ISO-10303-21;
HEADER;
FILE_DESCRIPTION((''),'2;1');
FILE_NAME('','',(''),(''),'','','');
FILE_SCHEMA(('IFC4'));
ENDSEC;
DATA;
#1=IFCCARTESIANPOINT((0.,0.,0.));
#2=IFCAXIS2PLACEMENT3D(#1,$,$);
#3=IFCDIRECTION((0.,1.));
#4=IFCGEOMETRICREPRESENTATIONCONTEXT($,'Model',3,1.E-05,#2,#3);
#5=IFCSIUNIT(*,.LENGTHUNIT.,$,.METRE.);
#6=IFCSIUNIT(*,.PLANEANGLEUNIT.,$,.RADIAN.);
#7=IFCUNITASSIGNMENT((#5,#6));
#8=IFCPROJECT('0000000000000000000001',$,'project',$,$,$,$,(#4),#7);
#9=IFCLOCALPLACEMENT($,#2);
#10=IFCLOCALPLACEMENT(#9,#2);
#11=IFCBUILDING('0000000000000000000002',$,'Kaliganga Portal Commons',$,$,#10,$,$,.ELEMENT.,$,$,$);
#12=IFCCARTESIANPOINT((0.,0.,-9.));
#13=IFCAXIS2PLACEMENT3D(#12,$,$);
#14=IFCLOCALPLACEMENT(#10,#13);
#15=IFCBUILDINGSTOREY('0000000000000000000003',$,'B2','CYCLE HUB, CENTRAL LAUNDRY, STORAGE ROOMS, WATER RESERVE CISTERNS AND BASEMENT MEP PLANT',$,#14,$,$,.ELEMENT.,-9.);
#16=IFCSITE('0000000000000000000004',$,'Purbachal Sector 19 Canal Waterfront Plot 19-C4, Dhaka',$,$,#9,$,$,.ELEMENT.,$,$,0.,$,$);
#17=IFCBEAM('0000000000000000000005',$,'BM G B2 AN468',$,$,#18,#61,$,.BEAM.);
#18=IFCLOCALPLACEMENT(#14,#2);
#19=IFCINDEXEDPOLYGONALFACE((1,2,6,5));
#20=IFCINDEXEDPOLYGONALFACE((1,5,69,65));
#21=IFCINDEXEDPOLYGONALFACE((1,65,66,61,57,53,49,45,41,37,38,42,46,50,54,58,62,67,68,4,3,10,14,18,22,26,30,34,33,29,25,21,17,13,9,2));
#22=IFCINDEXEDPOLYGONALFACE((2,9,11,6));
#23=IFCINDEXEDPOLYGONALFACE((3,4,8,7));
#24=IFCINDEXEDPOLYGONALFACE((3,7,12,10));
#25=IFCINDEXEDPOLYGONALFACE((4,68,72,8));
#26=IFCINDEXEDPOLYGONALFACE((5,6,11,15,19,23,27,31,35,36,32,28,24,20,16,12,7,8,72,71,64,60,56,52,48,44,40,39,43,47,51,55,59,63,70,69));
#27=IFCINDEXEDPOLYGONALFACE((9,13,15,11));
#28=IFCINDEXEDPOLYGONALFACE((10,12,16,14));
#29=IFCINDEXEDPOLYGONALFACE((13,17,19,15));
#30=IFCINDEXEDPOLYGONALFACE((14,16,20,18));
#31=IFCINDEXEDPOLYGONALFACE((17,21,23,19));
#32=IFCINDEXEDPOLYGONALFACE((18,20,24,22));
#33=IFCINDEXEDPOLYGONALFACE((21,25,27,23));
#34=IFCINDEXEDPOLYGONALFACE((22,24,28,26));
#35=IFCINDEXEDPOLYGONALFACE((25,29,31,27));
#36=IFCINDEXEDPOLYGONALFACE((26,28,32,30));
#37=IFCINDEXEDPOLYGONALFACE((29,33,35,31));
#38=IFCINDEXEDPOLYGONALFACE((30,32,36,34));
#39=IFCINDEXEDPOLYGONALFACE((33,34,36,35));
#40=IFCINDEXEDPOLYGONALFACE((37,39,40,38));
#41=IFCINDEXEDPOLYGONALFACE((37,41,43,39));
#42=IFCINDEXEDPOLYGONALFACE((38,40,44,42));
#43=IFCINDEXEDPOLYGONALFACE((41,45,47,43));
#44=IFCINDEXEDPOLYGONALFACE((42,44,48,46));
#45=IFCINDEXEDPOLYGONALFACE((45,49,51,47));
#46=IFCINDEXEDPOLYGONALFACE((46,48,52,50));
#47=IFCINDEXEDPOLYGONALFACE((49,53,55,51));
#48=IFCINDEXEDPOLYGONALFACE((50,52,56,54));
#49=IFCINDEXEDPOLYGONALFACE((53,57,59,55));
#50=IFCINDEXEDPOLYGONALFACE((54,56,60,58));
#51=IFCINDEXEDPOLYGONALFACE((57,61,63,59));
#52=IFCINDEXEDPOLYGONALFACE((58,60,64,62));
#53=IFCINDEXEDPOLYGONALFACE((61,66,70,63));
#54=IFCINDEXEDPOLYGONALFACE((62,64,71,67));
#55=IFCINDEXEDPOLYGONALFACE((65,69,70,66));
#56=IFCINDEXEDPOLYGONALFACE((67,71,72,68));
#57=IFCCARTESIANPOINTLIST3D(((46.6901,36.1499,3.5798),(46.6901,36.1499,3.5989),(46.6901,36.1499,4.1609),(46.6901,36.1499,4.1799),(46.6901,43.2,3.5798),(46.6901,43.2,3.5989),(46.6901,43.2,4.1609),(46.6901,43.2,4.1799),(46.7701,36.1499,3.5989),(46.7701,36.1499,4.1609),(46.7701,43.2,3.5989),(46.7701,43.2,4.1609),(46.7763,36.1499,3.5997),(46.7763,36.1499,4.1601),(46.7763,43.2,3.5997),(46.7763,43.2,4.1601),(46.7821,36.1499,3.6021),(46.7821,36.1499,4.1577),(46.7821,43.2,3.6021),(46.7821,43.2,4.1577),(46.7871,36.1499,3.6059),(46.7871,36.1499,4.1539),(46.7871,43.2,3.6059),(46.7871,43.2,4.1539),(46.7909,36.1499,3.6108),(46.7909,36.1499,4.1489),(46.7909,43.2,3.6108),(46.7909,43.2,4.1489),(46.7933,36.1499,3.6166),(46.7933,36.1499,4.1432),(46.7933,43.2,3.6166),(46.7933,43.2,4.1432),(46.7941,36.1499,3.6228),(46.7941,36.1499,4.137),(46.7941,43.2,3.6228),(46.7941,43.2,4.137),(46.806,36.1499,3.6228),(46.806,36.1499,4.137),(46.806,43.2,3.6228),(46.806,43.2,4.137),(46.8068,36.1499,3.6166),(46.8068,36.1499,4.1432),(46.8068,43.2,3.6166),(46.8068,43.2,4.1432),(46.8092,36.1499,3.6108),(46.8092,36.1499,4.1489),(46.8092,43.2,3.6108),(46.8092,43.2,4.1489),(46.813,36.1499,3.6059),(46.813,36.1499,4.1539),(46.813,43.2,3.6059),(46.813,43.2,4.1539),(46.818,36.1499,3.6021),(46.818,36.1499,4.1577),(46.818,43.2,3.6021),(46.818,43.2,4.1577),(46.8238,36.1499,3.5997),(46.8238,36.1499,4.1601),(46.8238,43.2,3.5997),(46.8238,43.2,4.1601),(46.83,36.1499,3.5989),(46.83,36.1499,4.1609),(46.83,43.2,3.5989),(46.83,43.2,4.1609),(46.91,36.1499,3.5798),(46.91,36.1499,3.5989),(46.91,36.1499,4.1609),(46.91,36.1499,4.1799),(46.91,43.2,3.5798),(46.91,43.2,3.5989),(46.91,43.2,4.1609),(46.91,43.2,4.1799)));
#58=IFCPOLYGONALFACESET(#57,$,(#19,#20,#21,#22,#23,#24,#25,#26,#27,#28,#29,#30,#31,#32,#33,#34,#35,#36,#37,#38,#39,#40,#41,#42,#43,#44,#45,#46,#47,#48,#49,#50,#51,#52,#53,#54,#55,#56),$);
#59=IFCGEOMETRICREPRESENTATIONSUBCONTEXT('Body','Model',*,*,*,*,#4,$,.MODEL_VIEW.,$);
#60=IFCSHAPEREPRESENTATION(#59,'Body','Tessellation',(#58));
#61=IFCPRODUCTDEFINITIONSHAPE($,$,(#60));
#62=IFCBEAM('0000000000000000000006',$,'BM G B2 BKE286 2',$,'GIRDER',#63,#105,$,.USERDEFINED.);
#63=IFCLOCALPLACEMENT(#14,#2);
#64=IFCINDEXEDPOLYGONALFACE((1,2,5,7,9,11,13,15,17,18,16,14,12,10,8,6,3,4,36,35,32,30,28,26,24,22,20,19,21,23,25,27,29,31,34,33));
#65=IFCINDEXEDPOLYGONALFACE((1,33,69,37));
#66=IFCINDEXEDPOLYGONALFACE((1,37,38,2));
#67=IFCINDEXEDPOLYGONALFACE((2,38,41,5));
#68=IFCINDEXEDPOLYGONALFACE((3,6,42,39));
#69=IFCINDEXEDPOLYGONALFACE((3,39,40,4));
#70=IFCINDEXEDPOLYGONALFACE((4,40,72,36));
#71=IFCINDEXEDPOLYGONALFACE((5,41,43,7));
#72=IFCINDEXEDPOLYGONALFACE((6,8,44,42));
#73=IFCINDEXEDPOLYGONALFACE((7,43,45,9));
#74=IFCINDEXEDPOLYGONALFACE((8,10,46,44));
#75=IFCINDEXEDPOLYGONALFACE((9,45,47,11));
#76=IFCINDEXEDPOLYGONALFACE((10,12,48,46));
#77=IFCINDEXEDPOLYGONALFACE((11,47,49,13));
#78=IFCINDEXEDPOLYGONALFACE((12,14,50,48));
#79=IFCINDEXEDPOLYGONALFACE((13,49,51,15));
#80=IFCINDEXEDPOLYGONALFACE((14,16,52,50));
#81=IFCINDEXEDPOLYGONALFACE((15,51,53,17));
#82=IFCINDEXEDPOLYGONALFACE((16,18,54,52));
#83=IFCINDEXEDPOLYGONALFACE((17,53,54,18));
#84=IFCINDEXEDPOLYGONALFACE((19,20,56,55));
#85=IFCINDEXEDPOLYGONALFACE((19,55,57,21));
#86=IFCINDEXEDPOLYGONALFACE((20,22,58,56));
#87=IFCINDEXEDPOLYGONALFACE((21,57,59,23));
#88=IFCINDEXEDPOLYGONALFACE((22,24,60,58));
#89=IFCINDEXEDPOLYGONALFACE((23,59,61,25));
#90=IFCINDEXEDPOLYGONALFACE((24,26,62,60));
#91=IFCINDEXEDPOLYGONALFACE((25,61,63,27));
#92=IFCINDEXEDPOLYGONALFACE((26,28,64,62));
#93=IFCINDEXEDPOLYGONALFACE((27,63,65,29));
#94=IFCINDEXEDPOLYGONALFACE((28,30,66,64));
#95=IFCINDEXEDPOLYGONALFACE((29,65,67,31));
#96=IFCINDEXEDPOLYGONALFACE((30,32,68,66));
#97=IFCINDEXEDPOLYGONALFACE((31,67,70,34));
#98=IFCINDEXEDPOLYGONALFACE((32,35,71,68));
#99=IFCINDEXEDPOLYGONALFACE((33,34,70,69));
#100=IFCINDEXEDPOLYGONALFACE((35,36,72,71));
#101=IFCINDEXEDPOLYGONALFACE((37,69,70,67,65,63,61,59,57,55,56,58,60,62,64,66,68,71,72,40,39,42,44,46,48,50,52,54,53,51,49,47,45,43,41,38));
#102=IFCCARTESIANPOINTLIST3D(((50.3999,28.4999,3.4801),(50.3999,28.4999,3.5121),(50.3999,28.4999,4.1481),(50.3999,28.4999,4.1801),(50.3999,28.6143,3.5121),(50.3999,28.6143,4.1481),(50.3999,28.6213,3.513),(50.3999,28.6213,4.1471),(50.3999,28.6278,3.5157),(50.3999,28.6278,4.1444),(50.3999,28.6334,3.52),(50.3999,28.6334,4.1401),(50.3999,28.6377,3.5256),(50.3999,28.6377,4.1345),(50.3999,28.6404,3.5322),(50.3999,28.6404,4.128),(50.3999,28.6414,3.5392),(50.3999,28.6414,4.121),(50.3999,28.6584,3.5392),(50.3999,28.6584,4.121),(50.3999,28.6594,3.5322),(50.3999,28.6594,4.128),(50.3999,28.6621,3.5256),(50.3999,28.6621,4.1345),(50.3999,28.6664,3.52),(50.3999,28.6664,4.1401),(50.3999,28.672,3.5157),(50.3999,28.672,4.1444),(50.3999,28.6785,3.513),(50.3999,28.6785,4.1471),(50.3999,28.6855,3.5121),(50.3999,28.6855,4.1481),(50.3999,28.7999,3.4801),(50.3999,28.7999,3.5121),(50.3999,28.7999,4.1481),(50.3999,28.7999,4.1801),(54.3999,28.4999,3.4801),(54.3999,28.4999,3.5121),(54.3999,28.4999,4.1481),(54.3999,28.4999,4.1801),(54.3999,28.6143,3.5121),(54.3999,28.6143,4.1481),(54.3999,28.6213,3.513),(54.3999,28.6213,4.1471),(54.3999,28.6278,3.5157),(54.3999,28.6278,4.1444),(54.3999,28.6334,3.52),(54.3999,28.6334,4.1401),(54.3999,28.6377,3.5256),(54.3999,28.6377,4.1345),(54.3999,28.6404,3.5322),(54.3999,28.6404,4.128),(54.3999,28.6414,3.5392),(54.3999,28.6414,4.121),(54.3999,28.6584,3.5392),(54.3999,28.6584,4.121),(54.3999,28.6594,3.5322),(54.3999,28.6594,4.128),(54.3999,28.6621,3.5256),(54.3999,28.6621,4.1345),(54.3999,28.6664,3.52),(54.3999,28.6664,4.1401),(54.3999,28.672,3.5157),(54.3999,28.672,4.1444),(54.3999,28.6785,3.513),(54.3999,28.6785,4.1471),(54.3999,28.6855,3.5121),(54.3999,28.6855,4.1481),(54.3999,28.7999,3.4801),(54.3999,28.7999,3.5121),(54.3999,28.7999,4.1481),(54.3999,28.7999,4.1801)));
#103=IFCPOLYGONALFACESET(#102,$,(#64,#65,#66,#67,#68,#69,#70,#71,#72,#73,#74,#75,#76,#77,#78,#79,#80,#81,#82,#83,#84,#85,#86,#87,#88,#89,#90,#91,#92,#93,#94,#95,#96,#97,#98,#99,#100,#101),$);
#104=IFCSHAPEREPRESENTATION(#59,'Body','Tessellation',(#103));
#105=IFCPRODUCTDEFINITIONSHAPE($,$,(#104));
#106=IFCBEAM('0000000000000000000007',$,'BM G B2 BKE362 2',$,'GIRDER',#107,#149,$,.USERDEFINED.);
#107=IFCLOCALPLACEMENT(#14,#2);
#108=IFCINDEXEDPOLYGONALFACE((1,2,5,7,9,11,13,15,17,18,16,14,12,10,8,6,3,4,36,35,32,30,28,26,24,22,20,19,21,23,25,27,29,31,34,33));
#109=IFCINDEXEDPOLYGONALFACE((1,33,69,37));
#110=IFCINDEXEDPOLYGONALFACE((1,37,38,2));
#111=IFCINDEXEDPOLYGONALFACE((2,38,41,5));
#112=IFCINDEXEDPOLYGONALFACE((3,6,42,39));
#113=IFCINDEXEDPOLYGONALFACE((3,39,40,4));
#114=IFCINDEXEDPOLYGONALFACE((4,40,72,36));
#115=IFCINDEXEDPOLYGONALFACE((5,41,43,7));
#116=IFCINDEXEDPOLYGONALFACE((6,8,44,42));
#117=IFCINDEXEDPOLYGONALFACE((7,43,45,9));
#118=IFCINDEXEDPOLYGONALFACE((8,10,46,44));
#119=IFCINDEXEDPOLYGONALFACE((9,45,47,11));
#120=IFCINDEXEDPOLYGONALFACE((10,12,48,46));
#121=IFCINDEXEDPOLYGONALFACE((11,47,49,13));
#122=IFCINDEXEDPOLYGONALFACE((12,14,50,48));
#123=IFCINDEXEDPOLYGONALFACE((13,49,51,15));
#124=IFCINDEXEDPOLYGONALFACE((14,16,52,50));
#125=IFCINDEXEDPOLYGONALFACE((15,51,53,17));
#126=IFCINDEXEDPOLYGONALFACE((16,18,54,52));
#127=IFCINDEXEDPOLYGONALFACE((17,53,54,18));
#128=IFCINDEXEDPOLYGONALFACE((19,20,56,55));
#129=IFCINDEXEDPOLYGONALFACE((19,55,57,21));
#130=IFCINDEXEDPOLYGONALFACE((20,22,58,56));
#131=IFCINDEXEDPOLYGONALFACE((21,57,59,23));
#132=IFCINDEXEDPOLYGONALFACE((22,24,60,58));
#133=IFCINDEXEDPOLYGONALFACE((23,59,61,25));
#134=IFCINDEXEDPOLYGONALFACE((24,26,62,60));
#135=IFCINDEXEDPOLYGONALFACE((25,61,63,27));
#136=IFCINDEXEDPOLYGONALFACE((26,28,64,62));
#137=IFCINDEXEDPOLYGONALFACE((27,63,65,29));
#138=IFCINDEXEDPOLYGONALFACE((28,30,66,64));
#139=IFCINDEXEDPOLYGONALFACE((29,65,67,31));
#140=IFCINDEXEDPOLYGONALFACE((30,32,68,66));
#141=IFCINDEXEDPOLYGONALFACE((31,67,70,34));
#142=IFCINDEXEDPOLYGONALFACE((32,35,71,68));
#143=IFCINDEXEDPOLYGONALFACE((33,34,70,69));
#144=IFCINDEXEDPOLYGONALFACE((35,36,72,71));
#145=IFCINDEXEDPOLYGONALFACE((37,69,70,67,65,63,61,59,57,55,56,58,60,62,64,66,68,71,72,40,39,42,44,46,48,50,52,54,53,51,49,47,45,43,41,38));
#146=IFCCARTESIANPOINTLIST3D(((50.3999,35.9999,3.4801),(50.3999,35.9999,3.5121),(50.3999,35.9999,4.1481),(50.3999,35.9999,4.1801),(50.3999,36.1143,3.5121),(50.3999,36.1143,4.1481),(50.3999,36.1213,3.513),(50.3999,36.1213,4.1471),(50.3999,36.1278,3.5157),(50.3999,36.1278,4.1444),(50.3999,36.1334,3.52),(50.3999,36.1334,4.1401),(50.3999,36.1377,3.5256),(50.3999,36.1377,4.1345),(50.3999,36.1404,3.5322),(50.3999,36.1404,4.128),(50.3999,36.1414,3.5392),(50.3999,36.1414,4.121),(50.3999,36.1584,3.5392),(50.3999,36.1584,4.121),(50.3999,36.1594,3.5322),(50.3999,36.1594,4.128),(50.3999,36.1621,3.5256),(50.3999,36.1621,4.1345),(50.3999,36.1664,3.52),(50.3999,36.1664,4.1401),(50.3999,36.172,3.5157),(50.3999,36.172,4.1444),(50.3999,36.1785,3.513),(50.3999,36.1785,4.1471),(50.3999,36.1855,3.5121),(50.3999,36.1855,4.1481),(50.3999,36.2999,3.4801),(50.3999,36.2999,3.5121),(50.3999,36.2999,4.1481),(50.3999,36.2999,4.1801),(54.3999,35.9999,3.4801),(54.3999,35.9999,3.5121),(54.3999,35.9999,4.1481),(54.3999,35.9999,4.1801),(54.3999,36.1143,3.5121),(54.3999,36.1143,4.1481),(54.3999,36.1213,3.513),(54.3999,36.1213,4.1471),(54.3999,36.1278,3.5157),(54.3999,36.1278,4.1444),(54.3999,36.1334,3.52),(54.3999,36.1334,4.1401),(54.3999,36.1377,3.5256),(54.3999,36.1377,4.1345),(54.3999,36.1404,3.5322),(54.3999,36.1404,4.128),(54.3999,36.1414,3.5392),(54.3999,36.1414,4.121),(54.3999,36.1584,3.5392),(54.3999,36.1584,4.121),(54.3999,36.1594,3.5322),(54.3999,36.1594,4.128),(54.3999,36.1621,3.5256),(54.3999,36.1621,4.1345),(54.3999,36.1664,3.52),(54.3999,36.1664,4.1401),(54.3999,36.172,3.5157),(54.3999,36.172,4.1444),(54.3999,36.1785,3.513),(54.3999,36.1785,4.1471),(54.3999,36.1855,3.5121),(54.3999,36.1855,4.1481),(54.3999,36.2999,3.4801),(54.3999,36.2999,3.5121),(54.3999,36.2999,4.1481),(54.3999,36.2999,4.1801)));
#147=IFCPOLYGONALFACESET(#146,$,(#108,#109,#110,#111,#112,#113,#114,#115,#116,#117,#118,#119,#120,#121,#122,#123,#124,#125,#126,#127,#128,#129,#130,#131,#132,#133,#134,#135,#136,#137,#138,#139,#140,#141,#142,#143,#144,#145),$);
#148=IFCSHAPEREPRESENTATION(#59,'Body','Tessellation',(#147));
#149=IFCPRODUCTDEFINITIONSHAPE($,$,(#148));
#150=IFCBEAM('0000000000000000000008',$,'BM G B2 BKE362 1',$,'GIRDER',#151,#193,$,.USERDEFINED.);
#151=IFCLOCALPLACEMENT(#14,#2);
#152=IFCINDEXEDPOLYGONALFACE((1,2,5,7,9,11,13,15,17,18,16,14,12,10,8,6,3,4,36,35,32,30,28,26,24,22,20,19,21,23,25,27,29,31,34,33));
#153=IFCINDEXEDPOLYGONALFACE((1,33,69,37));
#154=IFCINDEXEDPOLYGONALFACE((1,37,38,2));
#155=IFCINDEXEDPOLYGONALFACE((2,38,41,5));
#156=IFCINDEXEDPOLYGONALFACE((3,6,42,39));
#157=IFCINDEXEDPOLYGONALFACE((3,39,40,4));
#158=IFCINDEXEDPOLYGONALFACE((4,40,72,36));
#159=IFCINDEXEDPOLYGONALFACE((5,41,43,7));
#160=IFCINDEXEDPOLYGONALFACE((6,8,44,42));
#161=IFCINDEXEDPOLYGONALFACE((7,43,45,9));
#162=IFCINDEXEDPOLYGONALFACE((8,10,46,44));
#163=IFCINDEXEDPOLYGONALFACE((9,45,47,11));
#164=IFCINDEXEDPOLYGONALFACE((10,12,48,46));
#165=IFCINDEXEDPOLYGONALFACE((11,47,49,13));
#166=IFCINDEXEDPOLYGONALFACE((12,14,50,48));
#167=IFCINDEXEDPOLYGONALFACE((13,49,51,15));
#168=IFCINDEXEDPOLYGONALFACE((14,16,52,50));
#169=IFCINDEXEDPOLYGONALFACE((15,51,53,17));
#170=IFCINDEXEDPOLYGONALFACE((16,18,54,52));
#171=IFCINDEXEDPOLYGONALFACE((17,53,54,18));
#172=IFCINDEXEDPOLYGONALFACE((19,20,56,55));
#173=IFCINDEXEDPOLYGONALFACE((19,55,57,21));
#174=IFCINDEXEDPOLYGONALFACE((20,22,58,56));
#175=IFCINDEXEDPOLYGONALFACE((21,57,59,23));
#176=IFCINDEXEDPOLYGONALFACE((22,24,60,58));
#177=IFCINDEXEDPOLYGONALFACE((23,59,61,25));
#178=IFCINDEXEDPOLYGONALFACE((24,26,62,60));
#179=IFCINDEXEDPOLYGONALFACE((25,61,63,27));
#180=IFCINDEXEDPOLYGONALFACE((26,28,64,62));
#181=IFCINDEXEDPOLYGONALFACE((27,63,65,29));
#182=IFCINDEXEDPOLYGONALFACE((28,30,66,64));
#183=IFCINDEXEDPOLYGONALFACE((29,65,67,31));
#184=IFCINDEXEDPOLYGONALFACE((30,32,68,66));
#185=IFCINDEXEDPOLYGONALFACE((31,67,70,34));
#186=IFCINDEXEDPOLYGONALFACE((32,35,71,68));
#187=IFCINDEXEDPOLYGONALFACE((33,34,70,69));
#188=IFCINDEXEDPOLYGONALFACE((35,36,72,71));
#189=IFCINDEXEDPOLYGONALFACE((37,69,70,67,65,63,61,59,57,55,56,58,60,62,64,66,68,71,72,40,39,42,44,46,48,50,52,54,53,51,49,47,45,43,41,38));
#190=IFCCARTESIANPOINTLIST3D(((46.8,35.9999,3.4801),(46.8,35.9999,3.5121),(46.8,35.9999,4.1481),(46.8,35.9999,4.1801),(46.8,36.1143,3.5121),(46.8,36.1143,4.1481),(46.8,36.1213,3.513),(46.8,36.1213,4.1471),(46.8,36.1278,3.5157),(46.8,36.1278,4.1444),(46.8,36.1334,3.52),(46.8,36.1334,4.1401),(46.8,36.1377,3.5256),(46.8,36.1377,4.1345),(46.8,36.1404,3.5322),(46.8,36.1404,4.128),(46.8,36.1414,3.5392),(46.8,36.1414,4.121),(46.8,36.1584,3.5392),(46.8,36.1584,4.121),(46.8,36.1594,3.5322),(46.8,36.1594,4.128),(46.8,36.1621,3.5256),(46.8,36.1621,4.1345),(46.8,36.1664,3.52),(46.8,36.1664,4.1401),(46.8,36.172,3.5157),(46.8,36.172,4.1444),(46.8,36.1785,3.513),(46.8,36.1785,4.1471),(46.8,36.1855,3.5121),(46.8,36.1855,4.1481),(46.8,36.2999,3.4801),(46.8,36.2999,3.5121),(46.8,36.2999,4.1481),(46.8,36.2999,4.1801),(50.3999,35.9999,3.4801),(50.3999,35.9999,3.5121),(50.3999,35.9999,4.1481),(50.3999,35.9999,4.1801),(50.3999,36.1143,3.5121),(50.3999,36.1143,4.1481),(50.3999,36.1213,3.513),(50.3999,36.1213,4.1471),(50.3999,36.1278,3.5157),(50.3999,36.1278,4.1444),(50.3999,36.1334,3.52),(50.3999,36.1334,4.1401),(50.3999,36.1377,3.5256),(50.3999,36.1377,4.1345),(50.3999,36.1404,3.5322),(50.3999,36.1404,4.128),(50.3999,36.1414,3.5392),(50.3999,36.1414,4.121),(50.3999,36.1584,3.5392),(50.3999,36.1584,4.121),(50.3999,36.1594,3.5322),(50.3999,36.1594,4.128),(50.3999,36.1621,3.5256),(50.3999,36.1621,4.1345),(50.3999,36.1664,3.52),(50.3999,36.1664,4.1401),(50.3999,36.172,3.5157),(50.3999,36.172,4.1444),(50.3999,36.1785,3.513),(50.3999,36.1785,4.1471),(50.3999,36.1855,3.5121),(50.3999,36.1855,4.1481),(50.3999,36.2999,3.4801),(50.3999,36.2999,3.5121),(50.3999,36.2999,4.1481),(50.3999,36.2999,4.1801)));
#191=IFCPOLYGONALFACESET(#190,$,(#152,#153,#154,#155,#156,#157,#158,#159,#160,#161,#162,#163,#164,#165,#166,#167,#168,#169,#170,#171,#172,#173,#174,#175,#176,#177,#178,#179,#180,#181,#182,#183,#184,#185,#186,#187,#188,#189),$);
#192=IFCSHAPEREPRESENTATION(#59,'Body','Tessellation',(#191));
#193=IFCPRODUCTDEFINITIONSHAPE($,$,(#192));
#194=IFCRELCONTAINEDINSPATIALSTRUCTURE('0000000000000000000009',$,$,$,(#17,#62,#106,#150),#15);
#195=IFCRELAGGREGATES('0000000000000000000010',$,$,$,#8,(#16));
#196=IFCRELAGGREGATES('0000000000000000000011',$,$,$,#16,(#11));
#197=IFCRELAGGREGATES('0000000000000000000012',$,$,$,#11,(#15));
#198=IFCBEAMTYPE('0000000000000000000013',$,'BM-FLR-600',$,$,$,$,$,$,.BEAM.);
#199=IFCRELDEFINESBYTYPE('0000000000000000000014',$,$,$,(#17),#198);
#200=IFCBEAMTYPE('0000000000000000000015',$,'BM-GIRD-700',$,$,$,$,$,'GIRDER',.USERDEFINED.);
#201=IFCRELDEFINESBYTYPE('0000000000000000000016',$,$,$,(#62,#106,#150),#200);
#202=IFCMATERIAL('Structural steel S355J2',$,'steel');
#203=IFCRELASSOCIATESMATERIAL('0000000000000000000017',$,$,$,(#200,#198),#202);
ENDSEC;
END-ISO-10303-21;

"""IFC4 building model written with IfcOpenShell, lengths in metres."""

from ifc_helpers import new_model, si_unit, direction, frame, origin, origin_2d, place, context, subcontext, project, spatial, i_section, extrude, source, transform, mapped, material, material_profile, profile_set, type_object, element, save


model = new_model("IFC4")

# Units and contexts
model_context = context("Model", 3, precision=1e-05, world=origin(), true_north=direction((0.0, 1.0)))
body_context = subcontext(model_context, "Body", "Model", "MODEL_VIEW")
ifc_project = project(units=[si_unit("LENGTHUNIT", "METRE"), si_unit("PLANEANGLEUNIT", "RADIAN")], contexts=[model_context])

# Site, building, storey
site_placement = place(None, origin())
site = spatial("IfcSite", under=ifc_project, at=site_placement, Name="Purbachal Sector 19 Canal Waterfront Plot 19-C4, Dhaka", CompositionType="ELEMENT", RefElevation=0.0)
building_placement = place(site_placement, origin())
building = spatial("IfcBuilding", under=site, at=building_placement, Name="Kaliganga Portal Commons", CompositionType="ELEMENT")
storey_placement = place(building_placement, frame((0.0, 0.0, -9.0)))
storey = spatial("IfcBuildingStorey", under=building, at=storey_placement, Name="B2", Description="CYCLE HUB, CENTRAL LAUNDRY, STORAGE ROOMS, WATER RESERVE CISTERNS AND BASEMENT MEP PLANT", CompositionType="ELEMENT", Elevation=-9.0)

# Beams
ifc_material_1 = material(Name="Structural steel S355J2", Category="steel")
ifc_material_profile_1 = material_profile(ifc_material_1, i_section(OverallWidth=0.3, OverallDepth=0.7, WebThickness=0.0171, FlangeThickness=0.032, FilletRadius=0.0271, at=origin_2d()), Name="HE 700 B")
ifc_profile_set_1 = profile_set([ifc_material_profile_1], Name="Structural steel S355J2 wide-flange")
beam_type_1 = type_object("IfcBeamType", Name="BM-GIRD-700", ElementType="GIRDER", PredefinedType="USERDEFINED", material=ifc_profile_set_1)
ifc_material_profile_2 = material_profile(ifc_material_1, i_section(OverallWidth=0.22, OverallDepth=0.6001, WebThickness=0.012, FlangeThickness=0.019, FilletRadius=0.0239, at=origin_2d()), Name="IPE 600")
ifc_profile_set_2 = profile_set([ifc_material_profile_2], Name="Structural steel S355J2 wide-flange")
beam_type_2 = type_object("IfcBeamType", Name="BM-FLR-600", PredefinedType="BEAM", material=ifc_profile_set_2)
shared_shape_1 = source(origin(), body_context, "Body", "SweptSolid", [
    extrude(i_section(OverallWidth=0.22, OverallDepth=0.6001, WebThickness=0.012, FlangeThickness=0.019, FilletRadius=0.0239, at=origin_2d()), origin(), (0.0, 0.0, 1.0), 7.05),
])
for number, where, z_axis, x_axis, name in (
    (1, (46.8, 36.1499, 3.8799), (0.0, 1.0, 0.0), (-1.0, 0.0, 0.0), "BM G B2 AN468"),
):
    element("IfcBeam", number, at=place(storey_placement, frame(where, z_axis=z_axis, x_axis=x_axis)), inside=storey, type_object=beam_type_2, Name=name, PredefinedType="BEAM", context=body_context, shape_type="MappedRepresentation", body=[
        mapped(shared_shape_1, transform((0.0, 0.0, 0.0), x_axis=(1.0, 0.0, 0.0), y_axis=(0.0, 1.0, 0.0), z_axis=(0.0, 0.0, 1.0), scale=1.0)),
    ])
shared_shape_2 = source(origin(), body_context, "Body", "SweptSolid", [
    extrude(i_section(OverallWidth=0.3, OverallDepth=0.7, WebThickness=0.0171, FlangeThickness=0.032, FilletRadius=0.0271, at=origin_2d()), origin(), (0.0, 0.0, 1.0), 4.0),
])
for number, where, z_axis, x_axis, name in (
    (2, (50.3999, 28.6499, 3.8301), (1.0, 0.0, 0.0), (0.0, 1.0, 0.0), "BM G B2 BKE286 2"),
    (3, (50.3999, 36.1499, 3.8301), (1.0, 0.0, 0.0), (0.0, 1.0, 0.0), "BM G B2 BKE362 2"),
):
    element("IfcBeam", number, at=place(storey_placement, frame(where, z_axis=z_axis, x_axis=x_axis)), inside=storey, type_object=beam_type_1, Name=name, ObjectType="GIRDER", PredefinedType="USERDEFINED", context=body_context, shape_type="MappedRepresentation", body=[
        mapped(shared_shape_2, transform((0.0, 0.0, 0.0), x_axis=(1.0, 0.0, 0.0), y_axis=(0.0, 1.0, 0.0), z_axis=(0.0, 0.0, 1.0), scale=1.0)),
    ])
shared_shape_3 = source(origin(), body_context, "Body", "SweptSolid", [
    extrude(i_section(OverallWidth=0.3, OverallDepth=0.7, WebThickness=0.0171, FlangeThickness=0.032, FilletRadius=0.0271, at=origin_2d()), origin(), (0.0, 0.0, 1.0), 3.5999),
])
beam_1_placement = place(storey_placement, frame((46.8, 36.1499, 3.8301), z_axis=(1.0, 0.0, 0.0), x_axis=(0.0, 1.0, 0.0)))
element("IfcBeam", 4, at=beam_1_placement, inside=storey, type_object=beam_type_1, Name="BM G B2 BKE362 1", ObjectType="GIRDER", PredefinedType="USERDEFINED", context=body_context, shape_type="MappedRepresentation", body=[
    mapped(shared_shape_3, transform((0.0, 0.0, 0.0), x_axis=(1.0, 0.0, 0.0), y_axis=(0.0, 1.0, 0.0), z_axis=(0.0, 0.0, 1.0), scale=1.0)),
])

save(model, "model.ifc")
